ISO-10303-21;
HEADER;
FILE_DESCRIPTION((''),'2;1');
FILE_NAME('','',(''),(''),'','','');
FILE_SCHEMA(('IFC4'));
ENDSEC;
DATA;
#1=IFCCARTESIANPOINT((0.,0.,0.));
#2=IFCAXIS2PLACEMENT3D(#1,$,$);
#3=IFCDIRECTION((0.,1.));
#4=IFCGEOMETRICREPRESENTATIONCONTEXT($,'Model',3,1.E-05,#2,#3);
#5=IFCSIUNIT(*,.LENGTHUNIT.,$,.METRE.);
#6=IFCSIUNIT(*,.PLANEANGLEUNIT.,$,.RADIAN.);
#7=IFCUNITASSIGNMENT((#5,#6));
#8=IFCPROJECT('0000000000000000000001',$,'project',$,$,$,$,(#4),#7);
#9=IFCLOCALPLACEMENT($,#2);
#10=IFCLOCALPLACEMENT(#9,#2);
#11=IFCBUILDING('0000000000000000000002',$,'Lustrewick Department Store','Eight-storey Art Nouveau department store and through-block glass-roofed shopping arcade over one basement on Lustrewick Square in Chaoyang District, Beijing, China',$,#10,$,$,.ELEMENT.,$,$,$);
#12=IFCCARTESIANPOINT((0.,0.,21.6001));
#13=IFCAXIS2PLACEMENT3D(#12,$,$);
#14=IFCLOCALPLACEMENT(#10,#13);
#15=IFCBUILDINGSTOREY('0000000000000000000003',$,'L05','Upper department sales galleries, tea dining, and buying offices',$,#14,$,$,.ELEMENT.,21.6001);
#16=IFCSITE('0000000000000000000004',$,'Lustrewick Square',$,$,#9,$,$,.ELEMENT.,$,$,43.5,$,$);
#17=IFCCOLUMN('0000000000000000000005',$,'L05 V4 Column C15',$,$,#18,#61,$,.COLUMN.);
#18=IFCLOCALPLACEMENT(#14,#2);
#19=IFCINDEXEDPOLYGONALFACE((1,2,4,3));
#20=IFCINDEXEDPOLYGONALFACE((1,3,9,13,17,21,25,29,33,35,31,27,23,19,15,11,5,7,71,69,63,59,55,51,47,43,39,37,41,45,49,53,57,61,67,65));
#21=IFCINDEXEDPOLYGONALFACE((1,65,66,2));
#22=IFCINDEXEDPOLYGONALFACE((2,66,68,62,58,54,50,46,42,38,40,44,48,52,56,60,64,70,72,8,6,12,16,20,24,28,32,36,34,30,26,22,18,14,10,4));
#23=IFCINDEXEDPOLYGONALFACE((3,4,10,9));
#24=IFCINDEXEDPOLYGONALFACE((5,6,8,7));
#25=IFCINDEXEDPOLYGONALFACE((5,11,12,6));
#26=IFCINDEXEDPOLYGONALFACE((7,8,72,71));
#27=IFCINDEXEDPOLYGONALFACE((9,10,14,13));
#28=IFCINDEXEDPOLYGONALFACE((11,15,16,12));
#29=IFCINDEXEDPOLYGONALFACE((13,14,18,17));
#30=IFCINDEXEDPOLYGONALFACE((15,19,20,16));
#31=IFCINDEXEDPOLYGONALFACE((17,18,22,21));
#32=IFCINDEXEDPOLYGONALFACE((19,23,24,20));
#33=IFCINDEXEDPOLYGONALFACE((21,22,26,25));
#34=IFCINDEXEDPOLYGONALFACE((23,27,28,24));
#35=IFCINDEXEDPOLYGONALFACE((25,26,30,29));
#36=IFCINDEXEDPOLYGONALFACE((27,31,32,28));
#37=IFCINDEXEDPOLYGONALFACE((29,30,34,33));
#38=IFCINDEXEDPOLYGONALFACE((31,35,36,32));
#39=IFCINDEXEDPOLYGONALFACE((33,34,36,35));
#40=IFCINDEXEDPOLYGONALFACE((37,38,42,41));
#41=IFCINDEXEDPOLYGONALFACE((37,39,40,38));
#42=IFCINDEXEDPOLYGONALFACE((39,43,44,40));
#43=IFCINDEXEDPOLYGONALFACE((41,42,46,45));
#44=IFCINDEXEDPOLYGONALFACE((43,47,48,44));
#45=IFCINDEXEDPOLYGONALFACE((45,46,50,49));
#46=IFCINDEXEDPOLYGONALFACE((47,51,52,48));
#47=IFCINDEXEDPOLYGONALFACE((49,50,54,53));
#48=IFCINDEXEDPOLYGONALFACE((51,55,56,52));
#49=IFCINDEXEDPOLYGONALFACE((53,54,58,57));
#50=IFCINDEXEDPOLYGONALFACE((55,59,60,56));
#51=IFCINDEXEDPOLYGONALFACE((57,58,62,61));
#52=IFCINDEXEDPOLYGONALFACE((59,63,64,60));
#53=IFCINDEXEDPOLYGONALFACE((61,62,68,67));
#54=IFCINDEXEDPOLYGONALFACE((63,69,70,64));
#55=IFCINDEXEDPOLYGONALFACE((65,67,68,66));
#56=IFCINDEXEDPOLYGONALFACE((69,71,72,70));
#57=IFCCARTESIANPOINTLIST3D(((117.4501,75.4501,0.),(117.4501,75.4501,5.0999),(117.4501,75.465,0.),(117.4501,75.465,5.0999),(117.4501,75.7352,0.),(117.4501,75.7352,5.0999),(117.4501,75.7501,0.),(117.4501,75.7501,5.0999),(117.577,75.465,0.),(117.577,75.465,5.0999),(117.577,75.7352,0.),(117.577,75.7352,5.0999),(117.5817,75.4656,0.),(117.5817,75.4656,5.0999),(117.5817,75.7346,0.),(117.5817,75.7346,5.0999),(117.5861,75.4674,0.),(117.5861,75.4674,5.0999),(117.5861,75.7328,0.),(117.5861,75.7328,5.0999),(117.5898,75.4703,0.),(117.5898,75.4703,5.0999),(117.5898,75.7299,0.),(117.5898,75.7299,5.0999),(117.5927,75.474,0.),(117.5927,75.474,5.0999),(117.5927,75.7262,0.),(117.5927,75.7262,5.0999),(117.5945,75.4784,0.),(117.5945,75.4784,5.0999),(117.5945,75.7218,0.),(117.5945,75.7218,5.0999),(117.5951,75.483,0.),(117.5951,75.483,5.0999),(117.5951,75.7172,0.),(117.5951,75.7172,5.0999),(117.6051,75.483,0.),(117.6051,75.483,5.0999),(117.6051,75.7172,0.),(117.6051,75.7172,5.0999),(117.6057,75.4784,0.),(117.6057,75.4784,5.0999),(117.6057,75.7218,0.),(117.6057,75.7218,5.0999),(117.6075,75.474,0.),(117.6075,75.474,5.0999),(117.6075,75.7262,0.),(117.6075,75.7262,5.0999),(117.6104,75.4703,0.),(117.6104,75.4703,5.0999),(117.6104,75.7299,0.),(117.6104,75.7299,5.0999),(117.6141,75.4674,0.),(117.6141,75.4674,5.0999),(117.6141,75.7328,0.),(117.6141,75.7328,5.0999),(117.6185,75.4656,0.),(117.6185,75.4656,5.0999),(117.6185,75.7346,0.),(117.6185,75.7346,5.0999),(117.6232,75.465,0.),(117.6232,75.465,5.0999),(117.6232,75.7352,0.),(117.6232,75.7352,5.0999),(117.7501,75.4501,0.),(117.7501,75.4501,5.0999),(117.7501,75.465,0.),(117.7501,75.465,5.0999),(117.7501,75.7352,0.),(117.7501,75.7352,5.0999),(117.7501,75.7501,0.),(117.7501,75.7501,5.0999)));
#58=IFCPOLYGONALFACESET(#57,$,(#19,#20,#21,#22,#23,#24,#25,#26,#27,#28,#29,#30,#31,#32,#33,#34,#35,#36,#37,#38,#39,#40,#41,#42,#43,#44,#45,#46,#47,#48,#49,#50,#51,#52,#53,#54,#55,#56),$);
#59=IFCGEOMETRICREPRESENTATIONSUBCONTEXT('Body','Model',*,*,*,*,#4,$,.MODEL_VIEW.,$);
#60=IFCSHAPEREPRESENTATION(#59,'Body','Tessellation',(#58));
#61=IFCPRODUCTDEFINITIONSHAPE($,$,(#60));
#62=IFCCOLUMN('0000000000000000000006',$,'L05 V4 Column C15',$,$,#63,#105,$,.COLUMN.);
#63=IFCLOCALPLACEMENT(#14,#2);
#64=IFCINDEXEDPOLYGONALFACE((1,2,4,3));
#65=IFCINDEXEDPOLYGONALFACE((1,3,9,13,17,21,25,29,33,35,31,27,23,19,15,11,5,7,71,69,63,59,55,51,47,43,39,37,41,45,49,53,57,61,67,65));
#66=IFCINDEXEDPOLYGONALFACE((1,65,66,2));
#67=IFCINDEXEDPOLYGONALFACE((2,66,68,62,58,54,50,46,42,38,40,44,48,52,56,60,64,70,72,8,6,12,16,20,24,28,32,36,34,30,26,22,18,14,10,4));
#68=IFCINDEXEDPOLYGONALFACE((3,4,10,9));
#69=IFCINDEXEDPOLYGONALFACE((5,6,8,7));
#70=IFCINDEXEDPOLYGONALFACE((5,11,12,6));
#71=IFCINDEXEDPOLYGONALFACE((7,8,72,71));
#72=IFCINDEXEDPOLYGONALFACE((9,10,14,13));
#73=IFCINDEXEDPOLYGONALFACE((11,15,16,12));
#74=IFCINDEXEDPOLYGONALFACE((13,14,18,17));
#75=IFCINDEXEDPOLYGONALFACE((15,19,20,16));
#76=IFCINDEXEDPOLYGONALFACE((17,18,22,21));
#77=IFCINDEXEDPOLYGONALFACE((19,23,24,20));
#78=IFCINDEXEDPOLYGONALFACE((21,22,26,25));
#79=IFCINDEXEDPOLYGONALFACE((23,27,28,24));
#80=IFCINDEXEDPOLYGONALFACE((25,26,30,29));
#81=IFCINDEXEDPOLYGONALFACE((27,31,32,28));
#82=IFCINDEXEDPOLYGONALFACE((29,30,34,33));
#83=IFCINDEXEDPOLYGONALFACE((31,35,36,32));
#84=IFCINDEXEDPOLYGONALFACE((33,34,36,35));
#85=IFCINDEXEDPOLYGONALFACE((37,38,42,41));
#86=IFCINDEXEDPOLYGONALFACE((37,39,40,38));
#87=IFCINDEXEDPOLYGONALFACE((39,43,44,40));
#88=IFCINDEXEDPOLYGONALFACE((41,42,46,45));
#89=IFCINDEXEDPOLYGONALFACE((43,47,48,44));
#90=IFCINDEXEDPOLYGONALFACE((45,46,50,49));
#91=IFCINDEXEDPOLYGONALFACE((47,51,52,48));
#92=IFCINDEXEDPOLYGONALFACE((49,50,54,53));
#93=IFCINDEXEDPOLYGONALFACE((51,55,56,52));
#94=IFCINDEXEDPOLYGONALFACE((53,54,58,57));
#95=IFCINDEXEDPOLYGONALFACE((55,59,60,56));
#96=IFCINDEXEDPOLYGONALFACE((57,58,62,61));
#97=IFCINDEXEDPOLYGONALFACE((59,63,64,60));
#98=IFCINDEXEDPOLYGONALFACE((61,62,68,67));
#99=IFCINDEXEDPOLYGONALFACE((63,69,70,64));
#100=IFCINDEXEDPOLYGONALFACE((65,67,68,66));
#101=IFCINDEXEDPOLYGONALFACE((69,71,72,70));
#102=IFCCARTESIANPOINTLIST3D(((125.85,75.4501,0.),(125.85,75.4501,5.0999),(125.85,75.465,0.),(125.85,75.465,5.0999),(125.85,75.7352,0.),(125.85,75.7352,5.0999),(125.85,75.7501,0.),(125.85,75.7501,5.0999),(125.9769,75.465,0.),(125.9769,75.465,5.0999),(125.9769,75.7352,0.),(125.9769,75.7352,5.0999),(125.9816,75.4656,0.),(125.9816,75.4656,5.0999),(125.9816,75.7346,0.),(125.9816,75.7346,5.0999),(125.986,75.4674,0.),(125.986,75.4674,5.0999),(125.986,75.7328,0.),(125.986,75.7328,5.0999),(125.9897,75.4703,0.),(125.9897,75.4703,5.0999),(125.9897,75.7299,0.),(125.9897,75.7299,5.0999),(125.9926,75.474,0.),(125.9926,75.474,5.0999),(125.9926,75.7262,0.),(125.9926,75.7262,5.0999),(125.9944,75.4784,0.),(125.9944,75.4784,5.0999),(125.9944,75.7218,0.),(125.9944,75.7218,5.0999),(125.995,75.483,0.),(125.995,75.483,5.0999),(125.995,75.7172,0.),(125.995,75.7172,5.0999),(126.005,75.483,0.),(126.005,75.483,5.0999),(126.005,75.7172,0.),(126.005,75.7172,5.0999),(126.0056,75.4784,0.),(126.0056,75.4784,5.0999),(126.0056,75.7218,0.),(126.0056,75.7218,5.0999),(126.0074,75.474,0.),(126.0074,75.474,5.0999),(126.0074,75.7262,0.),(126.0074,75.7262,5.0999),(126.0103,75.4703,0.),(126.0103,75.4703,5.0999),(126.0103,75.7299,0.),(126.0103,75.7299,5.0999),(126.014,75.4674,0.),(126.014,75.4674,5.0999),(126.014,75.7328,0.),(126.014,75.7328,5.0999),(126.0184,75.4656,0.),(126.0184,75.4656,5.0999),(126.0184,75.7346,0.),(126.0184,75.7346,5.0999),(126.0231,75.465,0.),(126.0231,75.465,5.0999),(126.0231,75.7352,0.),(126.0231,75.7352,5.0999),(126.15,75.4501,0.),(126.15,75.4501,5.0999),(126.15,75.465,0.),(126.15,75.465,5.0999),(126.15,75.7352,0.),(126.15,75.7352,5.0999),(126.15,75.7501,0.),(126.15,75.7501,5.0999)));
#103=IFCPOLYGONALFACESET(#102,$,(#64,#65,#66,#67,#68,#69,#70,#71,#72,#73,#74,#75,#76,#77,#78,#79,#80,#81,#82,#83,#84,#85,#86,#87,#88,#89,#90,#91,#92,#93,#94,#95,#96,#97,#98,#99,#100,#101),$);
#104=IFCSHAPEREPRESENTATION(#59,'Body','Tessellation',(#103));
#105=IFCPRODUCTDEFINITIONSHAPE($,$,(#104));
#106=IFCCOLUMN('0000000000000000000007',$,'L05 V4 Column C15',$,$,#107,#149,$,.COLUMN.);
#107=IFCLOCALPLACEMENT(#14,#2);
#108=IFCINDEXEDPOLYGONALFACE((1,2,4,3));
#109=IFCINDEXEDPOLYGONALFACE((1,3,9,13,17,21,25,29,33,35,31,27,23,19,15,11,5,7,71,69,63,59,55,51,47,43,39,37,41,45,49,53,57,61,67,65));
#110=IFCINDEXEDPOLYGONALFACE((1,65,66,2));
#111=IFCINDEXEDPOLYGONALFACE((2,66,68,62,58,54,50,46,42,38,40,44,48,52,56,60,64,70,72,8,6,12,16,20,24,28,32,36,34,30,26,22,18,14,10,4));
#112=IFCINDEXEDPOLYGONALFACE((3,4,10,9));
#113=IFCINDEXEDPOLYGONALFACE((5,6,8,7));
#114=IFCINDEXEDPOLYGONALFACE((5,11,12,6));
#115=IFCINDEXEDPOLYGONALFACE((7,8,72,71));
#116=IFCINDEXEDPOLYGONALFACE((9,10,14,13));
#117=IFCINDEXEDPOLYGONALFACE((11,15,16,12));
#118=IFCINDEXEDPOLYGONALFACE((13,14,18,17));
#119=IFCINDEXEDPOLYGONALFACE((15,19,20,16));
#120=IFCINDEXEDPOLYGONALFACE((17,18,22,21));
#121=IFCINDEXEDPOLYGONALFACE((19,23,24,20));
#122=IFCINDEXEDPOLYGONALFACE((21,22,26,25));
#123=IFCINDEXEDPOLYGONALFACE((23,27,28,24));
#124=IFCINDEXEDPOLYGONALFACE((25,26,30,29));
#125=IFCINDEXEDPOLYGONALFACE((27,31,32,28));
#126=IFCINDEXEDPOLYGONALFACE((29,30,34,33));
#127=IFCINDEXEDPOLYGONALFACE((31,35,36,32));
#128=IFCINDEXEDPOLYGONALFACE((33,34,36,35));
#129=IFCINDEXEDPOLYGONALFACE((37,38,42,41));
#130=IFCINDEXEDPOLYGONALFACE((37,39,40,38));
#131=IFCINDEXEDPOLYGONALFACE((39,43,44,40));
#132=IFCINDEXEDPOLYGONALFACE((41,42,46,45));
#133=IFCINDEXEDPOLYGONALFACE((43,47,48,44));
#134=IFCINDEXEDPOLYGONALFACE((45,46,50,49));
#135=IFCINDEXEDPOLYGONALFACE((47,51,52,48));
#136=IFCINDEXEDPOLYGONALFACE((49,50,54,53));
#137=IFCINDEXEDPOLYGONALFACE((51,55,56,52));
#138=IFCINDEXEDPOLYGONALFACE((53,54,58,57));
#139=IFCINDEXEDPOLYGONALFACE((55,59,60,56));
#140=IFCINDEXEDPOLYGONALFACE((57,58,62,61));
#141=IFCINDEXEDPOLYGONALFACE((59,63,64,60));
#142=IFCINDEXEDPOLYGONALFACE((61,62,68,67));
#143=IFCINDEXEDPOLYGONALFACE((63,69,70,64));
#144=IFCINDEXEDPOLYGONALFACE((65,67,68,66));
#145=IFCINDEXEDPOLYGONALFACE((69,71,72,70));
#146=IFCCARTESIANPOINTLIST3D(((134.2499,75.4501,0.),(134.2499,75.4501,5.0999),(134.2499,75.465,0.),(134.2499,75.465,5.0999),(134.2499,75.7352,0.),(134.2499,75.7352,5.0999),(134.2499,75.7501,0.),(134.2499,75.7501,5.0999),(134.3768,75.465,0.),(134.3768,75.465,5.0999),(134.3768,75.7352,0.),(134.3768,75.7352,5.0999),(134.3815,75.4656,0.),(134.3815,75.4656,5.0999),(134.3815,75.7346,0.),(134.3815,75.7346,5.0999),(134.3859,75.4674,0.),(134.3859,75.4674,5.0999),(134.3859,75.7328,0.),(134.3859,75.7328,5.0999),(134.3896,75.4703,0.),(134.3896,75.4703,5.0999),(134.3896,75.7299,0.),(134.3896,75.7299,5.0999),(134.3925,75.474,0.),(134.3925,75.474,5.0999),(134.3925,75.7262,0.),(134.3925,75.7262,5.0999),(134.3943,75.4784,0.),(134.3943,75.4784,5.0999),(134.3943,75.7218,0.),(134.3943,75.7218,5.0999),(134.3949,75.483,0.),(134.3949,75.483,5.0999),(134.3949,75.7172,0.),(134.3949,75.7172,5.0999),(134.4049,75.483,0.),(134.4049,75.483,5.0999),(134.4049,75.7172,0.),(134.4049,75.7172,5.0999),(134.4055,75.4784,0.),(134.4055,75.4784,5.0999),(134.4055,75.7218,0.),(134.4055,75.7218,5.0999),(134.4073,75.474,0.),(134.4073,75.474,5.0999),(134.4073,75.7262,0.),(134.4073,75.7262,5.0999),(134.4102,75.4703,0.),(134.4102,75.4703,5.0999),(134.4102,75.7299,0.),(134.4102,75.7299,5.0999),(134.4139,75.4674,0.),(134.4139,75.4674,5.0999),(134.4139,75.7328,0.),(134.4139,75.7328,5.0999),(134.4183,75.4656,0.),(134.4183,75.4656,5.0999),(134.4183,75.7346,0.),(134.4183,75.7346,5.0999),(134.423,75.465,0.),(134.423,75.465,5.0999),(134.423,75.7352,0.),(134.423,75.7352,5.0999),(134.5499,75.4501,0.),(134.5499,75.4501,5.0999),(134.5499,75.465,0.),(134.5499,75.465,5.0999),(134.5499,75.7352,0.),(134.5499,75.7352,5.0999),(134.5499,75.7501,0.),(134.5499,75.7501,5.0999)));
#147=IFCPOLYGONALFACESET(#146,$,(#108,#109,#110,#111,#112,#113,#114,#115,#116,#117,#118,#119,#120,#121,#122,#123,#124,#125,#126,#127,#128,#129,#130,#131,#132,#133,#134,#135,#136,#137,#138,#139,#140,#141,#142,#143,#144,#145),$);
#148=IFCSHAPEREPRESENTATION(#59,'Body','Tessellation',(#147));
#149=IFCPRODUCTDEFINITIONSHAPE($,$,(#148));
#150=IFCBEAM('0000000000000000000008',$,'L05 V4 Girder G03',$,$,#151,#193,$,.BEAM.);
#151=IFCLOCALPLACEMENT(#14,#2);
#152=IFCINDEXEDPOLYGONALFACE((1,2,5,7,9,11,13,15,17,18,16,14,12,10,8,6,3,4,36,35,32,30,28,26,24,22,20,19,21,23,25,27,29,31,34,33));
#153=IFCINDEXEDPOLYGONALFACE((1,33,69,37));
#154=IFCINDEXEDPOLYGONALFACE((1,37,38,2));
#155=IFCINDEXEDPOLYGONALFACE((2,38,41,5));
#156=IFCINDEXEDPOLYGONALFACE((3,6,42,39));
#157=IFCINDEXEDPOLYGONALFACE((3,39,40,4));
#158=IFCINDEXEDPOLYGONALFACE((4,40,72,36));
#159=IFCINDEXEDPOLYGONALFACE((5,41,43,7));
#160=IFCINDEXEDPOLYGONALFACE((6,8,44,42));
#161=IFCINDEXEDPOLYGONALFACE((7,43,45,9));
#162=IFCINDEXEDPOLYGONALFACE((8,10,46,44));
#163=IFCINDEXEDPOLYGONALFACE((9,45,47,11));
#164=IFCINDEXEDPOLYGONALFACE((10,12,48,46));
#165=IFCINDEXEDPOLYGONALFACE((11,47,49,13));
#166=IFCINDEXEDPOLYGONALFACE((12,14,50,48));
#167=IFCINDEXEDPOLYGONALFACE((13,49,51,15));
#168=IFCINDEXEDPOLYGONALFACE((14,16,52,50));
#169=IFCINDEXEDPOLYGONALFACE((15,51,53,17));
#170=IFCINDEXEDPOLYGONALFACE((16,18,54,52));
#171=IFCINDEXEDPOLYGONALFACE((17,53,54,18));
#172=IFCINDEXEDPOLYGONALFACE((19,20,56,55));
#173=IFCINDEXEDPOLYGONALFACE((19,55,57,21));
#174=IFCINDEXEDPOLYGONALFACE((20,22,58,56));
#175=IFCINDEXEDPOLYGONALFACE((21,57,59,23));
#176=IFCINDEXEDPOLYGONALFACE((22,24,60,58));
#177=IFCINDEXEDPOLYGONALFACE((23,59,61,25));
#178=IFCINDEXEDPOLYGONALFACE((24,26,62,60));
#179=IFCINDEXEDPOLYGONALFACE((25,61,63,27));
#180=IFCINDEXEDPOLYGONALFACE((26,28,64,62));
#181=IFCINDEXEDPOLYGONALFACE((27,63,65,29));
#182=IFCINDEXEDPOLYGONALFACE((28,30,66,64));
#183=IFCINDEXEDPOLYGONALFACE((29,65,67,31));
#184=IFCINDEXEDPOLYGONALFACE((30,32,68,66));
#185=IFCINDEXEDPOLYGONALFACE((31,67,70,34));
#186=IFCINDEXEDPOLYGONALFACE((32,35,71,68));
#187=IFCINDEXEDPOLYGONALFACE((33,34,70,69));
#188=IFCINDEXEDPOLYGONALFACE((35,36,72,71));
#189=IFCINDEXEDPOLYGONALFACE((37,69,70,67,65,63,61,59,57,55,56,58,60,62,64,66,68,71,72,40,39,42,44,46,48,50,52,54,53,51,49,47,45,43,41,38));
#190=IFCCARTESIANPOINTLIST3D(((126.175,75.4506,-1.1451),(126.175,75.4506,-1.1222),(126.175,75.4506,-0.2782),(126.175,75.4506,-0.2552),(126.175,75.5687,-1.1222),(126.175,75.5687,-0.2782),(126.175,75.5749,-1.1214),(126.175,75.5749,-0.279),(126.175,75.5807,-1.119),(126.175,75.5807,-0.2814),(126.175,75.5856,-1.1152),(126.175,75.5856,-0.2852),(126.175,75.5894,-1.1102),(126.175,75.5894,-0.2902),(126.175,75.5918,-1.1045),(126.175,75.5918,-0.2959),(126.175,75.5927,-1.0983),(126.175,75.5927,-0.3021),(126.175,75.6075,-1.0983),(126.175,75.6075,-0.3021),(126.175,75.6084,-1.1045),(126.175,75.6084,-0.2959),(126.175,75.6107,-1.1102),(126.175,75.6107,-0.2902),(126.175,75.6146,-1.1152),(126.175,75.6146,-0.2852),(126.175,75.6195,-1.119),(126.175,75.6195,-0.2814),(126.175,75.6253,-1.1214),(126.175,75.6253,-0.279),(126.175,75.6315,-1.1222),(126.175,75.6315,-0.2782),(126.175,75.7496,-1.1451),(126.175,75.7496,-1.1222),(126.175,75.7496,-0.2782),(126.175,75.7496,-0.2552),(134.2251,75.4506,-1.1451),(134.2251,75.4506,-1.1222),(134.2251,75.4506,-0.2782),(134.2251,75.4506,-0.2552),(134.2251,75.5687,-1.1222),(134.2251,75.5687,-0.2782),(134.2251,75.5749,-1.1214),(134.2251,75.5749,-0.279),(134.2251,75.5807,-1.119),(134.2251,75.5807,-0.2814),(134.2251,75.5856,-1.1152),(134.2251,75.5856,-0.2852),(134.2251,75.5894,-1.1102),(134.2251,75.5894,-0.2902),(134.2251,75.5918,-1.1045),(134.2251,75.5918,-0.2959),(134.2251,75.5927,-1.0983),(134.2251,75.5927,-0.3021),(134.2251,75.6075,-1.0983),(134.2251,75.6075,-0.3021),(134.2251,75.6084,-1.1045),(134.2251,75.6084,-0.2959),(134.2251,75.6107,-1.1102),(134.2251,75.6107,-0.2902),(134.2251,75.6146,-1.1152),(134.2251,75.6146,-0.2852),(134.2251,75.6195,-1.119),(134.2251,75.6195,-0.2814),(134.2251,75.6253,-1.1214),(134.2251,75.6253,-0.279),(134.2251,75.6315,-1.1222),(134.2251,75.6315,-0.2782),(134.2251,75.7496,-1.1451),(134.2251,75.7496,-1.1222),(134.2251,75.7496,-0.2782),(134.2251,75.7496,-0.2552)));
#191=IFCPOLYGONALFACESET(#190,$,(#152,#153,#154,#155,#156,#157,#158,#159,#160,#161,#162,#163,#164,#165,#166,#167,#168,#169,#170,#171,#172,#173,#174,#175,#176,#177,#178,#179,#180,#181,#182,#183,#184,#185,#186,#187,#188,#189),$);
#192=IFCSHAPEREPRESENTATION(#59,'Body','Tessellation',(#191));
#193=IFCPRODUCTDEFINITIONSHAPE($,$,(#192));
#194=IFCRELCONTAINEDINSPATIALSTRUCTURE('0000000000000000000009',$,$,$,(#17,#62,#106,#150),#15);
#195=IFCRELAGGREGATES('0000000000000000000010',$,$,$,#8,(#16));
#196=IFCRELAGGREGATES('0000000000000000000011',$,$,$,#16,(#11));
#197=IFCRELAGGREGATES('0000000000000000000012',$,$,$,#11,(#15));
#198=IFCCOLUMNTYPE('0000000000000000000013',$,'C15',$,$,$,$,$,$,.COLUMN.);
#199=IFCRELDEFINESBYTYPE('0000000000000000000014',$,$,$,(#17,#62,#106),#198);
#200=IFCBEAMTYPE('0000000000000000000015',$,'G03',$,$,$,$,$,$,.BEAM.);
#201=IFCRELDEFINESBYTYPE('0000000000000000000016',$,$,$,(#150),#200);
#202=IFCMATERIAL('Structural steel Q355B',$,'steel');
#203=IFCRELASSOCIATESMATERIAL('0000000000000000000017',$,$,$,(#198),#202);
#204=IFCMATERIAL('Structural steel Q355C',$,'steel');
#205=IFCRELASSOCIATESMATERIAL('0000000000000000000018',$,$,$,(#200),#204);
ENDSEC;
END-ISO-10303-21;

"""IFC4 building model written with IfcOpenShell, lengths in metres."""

from ifc_helpers import new_model, si_unit, direction, frame, origin, origin_2d, place, context, subcontext, project, spatial, i_section, extrude, material, material_profile, profile_set, type_object, element, save


model = new_model("IFC4")

# Units and contexts
model_context = context("Model", 3, precision=1e-05, world=origin(), true_north=direction((0.0, 1.0)))
body_context = subcontext(model_context, "Body", "Model", "MODEL_VIEW")
ifc_project = project(units=[si_unit("LENGTHUNIT", "METRE"), si_unit("PLANEANGLEUNIT", "RADIAN")], contexts=[model_context])

# Site, building, storey
site_placement = place(None, origin())
site = spatial("IfcSite", under=ifc_project, at=site_placement, Name="Lustrewick Square", CompositionType="ELEMENT", RefElevation=43.5)
building_placement = place(site_placement, origin())
building = spatial("IfcBuilding", under=site, at=building_placement, Name="Lustrewick Department Store", Description="Eight-storey Art Nouveau department store and through-block glass-roofed shopping arcade over one basement on Lustrewick Square in Chaoyang District, Beijing, China", CompositionType="ELEMENT")
storey_placement = place(building_placement, frame((0.0, 0.0, 21.6001)))
storey = spatial("IfcBuildingStorey", under=building, at=storey_placement, Name="L05", Description="Upper department sales galleries, tea dining, and buying offices", CompositionType="ELEMENT", Elevation=21.6001)

# Columns
ifc_material_1 = material(Name="Structural steel Q355B", Category="steel")
ifc_material_profile_1 = material_profile(ifc_material_1, i_section(OverallWidth=0.3, OverallDepth=0.3, WebThickness=0.01, FlangeThickness=0.0149, FilletRadius=0.0181, at=origin_2d()), Name="HW 300x300x10x15")
ifc_profile_set_1 = profile_set([ifc_material_profile_1], Name="Structural steel Q355B")
column_type = type_object("IfcColumnType", Name="C15", PredefinedType="COLUMN", material=ifc_profile_set_1)
for number, where, z_axis, x_axis, name in (
    (1, (117.6001, 75.6001, 0.0), (0.0, 0.0, 1.0), (1.0, 0.0, 0.0), "L05 V4 Column C15"),
    (2, (126.0, 75.6001, 0.0), (0.0, 0.0, 1.0), (1.0, 0.0, 0.0), "L05 V4 Column C15"),
    (3, (134.3999, 75.6001, 0.0), (0.0, 0.0, 1.0), (1.0, 0.0, 0.0), "L05 V4 Column C15"),
):
    element("IfcColumn", number, at=place(storey_placement, frame(where, z_axis=z_axis, x_axis=x_axis)), inside=storey, type_object=column_type, Name=name, PredefinedType="COLUMN", context=body_context, shape_type="SweptSolid", body=[
        extrude(i_section(OverallWidth=0.3, OverallDepth=0.3, WebThickness=0.01, FlangeThickness=0.0149, FilletRadius=0.0181, at=origin_2d()), origin(), (0.0, 0.0, 1.0), 5.0999),
    ])

# Beam
ifc_material_2 = material(Name="Structural steel Q355C", Category="steel")
ifc_material_profile_2 = material_profile(ifc_material_2, i_section(OverallWidth=0.2991, OverallDepth=0.8899, WebThickness=0.0149, FlangeThickness=0.0229, FilletRadius=0.0239, at=origin_2d()), Name="HN 890x299x15x23")
ifc_profile_set_2 = profile_set([ifc_material_profile_2], Name="Structural steel Q355C")
beam_type_1 = type_object("IfcBeamType", Name="G03", PredefinedType="BEAM", material=ifc_profile_set_2)
beam_1_placement = place(storey_placement, frame((126.175, 75.6001, -0.7002), z_axis=(1.0, 0.0, 0.0), x_axis=(0.0, 1.0, 0.0)))
element("IfcBeam", 4, at=beam_1_placement, inside=storey, type_object=beam_type_1, Name="L05 V4 Girder G03", PredefinedType="BEAM", context=body_context, shape_type="SweptSolid", body=[
    extrude(i_section(OverallWidth=0.2991, OverallDepth=0.8899, WebThickness=0.0149, FlangeThickness=0.0229, FilletRadius=0.0239, at=origin_2d()), origin(), (0.0, 0.0, 1.0), 8.05),
])

save(model, "model.ifc")
